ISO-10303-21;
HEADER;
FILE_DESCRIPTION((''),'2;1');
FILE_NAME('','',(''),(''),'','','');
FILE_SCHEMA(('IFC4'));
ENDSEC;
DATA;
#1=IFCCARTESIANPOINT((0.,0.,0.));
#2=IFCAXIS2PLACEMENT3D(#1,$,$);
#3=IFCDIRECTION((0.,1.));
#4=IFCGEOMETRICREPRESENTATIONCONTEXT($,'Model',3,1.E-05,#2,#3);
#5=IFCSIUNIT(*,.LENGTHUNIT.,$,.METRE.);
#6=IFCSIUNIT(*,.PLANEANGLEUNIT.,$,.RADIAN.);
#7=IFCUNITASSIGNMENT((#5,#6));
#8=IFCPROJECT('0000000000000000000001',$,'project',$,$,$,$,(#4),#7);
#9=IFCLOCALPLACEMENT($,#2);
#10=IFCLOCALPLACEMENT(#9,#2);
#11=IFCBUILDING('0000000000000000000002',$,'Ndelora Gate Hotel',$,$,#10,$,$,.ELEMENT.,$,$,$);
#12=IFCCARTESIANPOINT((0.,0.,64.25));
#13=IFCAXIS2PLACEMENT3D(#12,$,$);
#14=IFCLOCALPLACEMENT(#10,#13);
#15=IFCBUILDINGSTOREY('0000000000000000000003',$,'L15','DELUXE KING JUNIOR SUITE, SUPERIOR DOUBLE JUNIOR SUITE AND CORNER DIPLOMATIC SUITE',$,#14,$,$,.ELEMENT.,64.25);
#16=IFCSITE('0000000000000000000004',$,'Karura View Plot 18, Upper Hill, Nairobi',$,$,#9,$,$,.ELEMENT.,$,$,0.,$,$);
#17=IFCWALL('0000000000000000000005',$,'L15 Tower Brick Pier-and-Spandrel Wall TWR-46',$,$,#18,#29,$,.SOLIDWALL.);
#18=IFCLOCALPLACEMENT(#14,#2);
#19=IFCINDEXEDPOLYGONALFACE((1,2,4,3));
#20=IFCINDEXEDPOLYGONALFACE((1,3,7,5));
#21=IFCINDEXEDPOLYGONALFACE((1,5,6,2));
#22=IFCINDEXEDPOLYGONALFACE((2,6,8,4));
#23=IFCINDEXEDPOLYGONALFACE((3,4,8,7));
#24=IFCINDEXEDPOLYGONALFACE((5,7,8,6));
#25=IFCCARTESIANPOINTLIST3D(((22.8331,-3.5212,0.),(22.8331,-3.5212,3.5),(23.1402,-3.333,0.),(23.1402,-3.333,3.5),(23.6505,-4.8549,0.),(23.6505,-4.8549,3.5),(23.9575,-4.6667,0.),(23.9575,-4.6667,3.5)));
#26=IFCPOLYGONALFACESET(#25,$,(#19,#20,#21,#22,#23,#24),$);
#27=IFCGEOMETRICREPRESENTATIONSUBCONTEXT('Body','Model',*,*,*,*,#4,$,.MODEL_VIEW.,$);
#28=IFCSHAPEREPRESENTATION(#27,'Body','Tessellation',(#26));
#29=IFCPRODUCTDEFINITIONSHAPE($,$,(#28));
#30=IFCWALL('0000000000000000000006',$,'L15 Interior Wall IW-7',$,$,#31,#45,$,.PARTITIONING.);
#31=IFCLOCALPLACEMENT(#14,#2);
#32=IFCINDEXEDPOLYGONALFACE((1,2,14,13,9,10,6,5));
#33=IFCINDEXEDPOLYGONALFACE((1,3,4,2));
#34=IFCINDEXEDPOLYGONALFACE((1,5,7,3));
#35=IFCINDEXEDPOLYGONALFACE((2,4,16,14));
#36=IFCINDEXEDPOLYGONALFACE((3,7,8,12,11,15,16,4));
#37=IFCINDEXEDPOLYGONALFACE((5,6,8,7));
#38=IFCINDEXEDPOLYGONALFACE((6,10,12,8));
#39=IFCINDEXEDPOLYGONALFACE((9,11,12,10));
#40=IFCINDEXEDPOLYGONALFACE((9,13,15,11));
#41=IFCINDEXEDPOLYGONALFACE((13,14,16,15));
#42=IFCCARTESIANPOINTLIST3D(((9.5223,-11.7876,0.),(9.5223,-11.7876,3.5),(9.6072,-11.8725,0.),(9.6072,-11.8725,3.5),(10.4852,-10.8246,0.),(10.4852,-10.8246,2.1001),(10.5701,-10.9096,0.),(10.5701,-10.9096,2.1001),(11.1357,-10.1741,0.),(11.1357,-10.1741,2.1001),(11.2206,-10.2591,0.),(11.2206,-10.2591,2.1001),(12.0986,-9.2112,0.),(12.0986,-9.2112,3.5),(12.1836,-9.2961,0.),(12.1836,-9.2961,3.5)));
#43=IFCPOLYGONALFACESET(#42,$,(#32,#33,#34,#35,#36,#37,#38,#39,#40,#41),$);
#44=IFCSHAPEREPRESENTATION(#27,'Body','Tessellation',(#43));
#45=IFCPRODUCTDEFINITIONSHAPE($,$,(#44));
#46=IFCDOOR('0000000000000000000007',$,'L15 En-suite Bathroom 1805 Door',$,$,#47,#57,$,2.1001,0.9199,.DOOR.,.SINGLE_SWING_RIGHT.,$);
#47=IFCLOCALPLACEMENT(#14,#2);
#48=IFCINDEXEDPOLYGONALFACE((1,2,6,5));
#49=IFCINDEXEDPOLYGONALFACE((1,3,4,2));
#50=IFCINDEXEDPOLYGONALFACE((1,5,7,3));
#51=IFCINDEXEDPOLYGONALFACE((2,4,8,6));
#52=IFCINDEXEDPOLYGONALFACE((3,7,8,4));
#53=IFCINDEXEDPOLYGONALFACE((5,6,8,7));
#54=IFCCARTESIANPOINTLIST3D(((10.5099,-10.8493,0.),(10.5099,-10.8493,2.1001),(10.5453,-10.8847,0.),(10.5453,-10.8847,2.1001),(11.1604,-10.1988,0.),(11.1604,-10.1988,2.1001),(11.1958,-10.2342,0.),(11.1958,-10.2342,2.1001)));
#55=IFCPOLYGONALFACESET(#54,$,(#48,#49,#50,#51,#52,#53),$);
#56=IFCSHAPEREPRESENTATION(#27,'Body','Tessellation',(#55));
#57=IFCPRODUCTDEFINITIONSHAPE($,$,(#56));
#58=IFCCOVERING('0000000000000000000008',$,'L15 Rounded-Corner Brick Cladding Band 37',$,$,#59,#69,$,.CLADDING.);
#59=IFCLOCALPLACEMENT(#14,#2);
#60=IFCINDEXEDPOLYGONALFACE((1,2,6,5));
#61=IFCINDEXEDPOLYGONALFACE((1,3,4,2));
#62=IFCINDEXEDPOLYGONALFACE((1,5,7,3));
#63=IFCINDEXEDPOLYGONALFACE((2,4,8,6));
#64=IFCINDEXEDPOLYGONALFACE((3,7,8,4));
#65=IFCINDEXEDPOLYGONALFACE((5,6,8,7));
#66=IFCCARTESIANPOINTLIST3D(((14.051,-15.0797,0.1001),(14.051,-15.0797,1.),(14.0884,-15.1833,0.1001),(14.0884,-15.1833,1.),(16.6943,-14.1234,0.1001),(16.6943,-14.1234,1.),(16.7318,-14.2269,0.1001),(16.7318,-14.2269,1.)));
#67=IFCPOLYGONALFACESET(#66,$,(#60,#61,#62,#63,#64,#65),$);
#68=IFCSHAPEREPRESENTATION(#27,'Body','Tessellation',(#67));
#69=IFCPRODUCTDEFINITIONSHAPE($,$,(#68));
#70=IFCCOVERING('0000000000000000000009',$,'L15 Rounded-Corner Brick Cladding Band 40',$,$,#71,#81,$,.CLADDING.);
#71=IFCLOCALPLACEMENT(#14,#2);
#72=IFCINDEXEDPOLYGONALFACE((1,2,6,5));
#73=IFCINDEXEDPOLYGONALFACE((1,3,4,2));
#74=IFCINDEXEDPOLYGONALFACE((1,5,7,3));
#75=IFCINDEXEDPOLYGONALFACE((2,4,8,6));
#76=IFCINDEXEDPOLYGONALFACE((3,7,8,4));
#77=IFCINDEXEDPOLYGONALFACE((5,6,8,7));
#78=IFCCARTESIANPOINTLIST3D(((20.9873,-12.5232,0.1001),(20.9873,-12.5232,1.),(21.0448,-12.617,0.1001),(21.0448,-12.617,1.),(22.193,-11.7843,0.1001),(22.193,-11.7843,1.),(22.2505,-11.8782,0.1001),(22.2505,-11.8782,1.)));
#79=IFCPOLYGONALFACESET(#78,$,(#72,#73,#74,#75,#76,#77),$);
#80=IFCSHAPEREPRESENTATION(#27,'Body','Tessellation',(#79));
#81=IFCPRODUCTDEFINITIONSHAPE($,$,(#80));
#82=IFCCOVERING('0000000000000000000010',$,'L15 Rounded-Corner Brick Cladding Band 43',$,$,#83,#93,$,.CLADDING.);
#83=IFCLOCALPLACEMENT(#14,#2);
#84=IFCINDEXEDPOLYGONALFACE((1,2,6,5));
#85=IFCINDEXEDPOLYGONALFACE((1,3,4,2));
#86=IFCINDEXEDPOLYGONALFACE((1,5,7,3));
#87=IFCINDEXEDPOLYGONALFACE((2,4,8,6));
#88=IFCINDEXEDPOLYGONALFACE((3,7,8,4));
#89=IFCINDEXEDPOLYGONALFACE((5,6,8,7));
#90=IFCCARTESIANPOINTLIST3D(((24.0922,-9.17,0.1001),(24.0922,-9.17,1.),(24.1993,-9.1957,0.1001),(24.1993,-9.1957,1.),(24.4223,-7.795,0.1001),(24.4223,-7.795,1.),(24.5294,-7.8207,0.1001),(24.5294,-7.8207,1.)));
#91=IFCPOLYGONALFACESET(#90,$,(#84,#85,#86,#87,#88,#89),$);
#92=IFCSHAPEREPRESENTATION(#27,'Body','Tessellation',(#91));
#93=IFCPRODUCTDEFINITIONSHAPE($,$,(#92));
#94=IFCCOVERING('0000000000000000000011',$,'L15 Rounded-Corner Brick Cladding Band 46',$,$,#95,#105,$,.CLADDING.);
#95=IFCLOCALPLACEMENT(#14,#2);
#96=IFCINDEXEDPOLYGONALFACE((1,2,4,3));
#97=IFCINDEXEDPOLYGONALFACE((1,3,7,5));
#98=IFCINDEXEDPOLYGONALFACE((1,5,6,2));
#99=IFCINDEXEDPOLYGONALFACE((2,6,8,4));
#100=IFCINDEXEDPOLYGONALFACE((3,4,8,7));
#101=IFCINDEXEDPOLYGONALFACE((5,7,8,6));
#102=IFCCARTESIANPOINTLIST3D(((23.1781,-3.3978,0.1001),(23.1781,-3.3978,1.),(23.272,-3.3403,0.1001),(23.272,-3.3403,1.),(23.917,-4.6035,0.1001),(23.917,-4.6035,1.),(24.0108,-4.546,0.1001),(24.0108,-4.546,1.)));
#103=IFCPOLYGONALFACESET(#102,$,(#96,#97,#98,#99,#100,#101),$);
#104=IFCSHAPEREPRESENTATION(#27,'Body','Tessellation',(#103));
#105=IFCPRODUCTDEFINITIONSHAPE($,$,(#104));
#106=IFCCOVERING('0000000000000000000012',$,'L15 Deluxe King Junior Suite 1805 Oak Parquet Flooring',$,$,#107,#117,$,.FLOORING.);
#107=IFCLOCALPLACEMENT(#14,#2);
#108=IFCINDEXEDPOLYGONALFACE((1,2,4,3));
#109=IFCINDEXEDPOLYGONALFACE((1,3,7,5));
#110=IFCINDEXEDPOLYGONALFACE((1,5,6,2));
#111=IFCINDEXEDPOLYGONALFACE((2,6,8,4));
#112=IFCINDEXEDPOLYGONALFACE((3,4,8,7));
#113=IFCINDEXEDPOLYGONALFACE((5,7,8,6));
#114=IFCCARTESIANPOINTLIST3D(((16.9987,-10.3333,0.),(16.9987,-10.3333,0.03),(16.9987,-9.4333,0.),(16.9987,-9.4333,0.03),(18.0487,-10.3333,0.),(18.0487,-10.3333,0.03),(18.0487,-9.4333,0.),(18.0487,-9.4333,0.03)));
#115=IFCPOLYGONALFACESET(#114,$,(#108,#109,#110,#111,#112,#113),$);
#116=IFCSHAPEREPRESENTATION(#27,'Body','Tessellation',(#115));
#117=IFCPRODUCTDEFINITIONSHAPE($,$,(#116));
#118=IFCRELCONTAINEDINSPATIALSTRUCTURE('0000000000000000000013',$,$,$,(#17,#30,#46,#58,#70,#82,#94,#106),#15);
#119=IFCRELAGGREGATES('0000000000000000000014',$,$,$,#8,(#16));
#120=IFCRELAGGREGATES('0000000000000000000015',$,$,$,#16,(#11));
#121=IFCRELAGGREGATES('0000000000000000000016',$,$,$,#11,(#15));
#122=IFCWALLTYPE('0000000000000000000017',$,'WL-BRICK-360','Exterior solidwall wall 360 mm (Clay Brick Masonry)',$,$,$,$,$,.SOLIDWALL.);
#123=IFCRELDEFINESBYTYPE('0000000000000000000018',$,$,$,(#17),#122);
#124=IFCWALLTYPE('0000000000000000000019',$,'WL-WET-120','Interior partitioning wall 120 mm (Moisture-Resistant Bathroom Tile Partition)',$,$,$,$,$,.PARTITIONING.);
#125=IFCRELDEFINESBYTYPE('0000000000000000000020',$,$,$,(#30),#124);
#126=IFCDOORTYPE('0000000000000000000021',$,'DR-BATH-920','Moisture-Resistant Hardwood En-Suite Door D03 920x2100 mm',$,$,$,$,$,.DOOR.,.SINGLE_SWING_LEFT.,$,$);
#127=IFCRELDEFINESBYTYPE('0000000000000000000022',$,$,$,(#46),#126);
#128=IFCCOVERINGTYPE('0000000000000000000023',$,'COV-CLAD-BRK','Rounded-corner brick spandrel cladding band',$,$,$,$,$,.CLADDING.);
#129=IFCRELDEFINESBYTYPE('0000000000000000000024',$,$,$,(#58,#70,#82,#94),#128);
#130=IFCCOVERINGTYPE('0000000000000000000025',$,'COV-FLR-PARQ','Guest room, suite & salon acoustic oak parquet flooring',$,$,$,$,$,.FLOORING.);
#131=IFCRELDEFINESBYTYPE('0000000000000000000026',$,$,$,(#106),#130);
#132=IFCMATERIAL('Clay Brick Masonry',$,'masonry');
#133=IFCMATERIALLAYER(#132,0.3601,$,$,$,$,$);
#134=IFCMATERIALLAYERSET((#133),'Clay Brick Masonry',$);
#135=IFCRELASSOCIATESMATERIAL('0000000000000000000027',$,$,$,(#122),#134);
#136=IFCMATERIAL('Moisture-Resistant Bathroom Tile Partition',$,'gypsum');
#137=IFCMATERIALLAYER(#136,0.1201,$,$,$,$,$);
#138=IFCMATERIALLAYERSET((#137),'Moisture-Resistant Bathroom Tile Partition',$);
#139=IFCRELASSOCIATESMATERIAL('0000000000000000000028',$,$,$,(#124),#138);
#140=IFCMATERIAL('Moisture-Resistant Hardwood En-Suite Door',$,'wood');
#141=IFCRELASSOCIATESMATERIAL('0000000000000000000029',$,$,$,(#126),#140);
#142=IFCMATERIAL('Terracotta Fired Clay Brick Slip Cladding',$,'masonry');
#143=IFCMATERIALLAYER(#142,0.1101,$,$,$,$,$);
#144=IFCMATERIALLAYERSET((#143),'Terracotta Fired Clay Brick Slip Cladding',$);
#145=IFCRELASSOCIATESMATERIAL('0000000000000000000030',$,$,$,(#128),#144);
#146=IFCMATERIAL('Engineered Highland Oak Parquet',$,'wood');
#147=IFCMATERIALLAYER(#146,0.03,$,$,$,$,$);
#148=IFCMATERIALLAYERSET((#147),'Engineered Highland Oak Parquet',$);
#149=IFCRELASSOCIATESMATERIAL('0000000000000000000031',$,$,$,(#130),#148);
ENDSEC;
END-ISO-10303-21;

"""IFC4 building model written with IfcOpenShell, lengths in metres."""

from ifc_helpers import new_model, si_unit, direction, frame, frame_2d, origin, origin_2d, place, context, subcontext, project, spatial, rectangle, extrude, material, layer, layer_set, type_object, element, fill, save


model = new_model("IFC4")

# Units and contexts
model_context = context("Model", 3, precision=1e-05, world=origin(), true_north=direction((0.0, 1.0)))
body_context = subcontext(model_context, "Body", "Model", "MODEL_VIEW")
ifc_project = project(units=[si_unit("LENGTHUNIT", "METRE"), si_unit("PLANEANGLEUNIT", "RADIAN")], contexts=[model_context])

# Site, building, storey
site_placement = place(None, origin())
site = spatial("IfcSite", under=ifc_project, at=site_placement, Name="Karura View Plot 18, Upper Hill, Nairobi", CompositionType="ELEMENT", RefElevation=0.0)
building_placement = place(site_placement, origin())
building = spatial("IfcBuilding", under=site, at=building_placement, Name="Ndelora Gate Hotel", CompositionType="ELEMENT")
storey_placement = place(building_placement, frame((0.0, 0.0, 64.25)))
storey = spatial("IfcBuildingStorey", under=building, at=storey_placement, Name="L15", Description="DELUXE KING JUNIOR SUITE, SUPERIOR DOUBLE JUNIOR SUITE AND CORNER DIPLOMATIC SUITE", CompositionType="ELEMENT", Elevation=64.25)

# Shared definitions
ifc_material_1 = material(Name="Clay Brick Masonry", Category="masonry")
ifc_layer_1 = layer(ifc_material_1, 0.3601)
ifc_layer_set_1 = layer_set([ifc_layer_1], Name="Clay Brick Masonry")
wall_type_1 = type_object("IfcWallType", Name="WL-BRICK-360", Description="Exterior solidwall wall 360 mm (Clay Brick Masonry)", PredefinedType="SOLIDWALL", material=ifc_layer_set_1)

# Wall
for number, where, z_axis, x_axis, name in (
    (1, (22.9866, -3.427, 0.0), (0.0, 0.0, 1.0), (0.522529, -0.852621, 0.0), "L15 Tower Brick Pier-and-Spandrel Wall TWR-46"),
):
    element("IfcWall", number, at=place(storey_placement, frame(where, z_axis=z_axis, x_axis=x_axis)), inside=storey, type_object=wall_type_1, Name=name, PredefinedType="SOLIDWALL", context=body_context, shape_type="SweptSolid", body=[
        extrude(rectangle(XDim=1.5642, YDim=0.3601, at=frame_2d((0.7822, 0.0))), origin(), (0.0, 0.0, 1.0), 3.5),
    ])

# Wall, opening, door
ifc_material_2 = material(Name="Moisture-Resistant Bathroom Tile Partition", Category="gypsum")
ifc_layer_2 = layer(ifc_material_2, 0.1201)
ifc_layer_set_2 = layer_set([ifc_layer_2], Name="Moisture-Resistant Bathroom Tile Partition")
wall_type_2 = type_object("IfcWallType", Name="WL-WET-120", Description="Interior partitioning wall 120 mm (Moisture-Resistant Bathroom Tile Partition)", PredefinedType="PARTITIONING", material=ifc_layer_set_2)
wall_1_placement = place(storey_placement, frame((12.1411, -9.2537, 0.0), z_axis=(0.0, 0.0, 1.0), x_axis=(-0.707107, -0.707107, 0.0)))
wall_1 = element("IfcWall", 2, at=wall_1_placement, inside=storey, type_object=wall_type_2, Name="L15 Interior Wall IW-7", PredefinedType="PARTITIONING", context=body_context, shape_type="SweptSolid", body=[
    extrude(rectangle(XDim=3.6436, YDim=0.1201, at=frame_2d((1.8218, 0.0))), origin(), (0.0, 0.0, 1.0), 3.5),
])
opening_1_placement = place(wall_1_placement, frame((1.3618, 0.0, 0.0)))
opening_1 = element("IfcOpeningElement", 3, at=opening_1_placement, cuts=wall_1, PredefinedType="OPENING", context=body_context, shape_type="SweptSolid", body=[
    extrude(rectangle(XDim=0.9199, YDim=2.1001, at=frame_2d((0.46, 1.05))), frame((0.0, 0.0701, 0.0), z_axis=(0.0, -1.0, 0.0), x_axis=(1.0, 0.0, 0.0)), (0.0, 0.0, 1.0), 0.1401),
])
ifc_material_3 = material(Name="Moisture-Resistant Hardwood En-Suite Door", Category="wood")
door_type = type_object("IfcDoorType", Name="DR-BATH-920", Description="Moisture-Resistant Hardwood En-Suite Door D03 920x2100 mm", OperationType="SINGLE_SWING_LEFT", PredefinedType="DOOR", material=ifc_material_3)
door_placement = place(opening_1_placement, origin())
door = element("IfcDoor", 4, at=door_placement, inside=storey, type_object=door_type, Name="L15 En-suite Bathroom 1805 Door", OperationType="SINGLE_SWING_RIGHT", OverallHeight=2.1001, OverallWidth=0.9199, PredefinedType="DOOR", context=body_context, shape_type="SweptSolid", body=[
    extrude(rectangle(XDim=0.9199, YDim=2.1001, at=frame_2d((0.46, 1.05))), frame((0.0, 0.0249, 0.0), z_axis=(0.0, -1.0, 0.0), x_axis=(1.0, 0.0, 0.0)), (0.0, 0.0, 1.0), 0.05),
])
fill(opening_1, door)

# Coverings
ifc_material_4 = material(Name="Terracotta Fired Clay Brick Slip Cladding", Category="masonry")
ifc_layer_3 = layer(ifc_material_4, 0.1101)
ifc_layer_set_3 = layer_set([ifc_layer_3], Name="Terracotta Fired Clay Brick Slip Cladding")
covering_type_1 = type_object("IfcCoveringType", Name="COV-CLAD-BRK", Description="Rounded-corner brick spandrel cladding band", PredefinedType="CLADDING", material=ifc_layer_set_3)
covering_1_placement = place(storey_placement, frame((15.3914, -14.6533, 0.1001), z_axis=(0.0, 0.0, 1.0), x_axis=(0.940348, 0.340215, 0.0)))
element("IfcCovering", 5, at=covering_1_placement, inside=storey, type_object=covering_type_1, Name="L15 Rounded-Corner Brick Cladding Band 37", PredefinedType="CLADDING", context=body_context, shape_type="SweptSolid", body=[
    extrude(rectangle(XDim=2.811, YDim=0.1101, at=origin_2d()), origin(), (0.0, 0.0, 1.0), 0.8999),
])
for number, where, z_axis, x_axis, name in (
    (6, (21.6189, -12.2007, 0.1001), (0.0, 0.0, 1.0), (0.85264, 0.522499, 0.0), "L15 Rounded-Corner Brick Cladding Band 40"),
    (7, (24.3108, -8.4954, 0.1001), (0.0, 0.0, 1.0), (0.233445, 0.97237, 0.0), "L15 Rounded-Corner Brick Cladding Band 43"),
    (8, (23.5945, -3.9719, 0.1001), (0.0, 0.0, 1.0), (-0.522499, 0.85264, 0.0), "L15 Rounded-Corner Brick Cladding Band 46"),
):
    element("IfcCovering", number, at=place(storey_placement, frame(where, z_axis=z_axis, x_axis=x_axis)), inside=storey, type_object=covering_type_1, Name=name, PredefinedType="CLADDING", context=body_context, shape_type="SweptSolid", body=[
        extrude(rectangle(XDim=1.4141, YDim=0.1101, at=origin_2d()), origin(), (0.0, 0.0, 1.0), 0.8999),
    ])
ifc_material_5 = material(Name="Engineered Highland Oak Parquet", Category="wood")
ifc_layer_4 = layer(ifc_material_5, 0.03)
ifc_layer_set_4 = layer_set([ifc_layer_4], Name="Engineered Highland Oak Parquet")
covering_type_2 = type_object("IfcCoveringType", Name="COV-FLR-PARQ", Description="Guest room, suite & salon acoustic oak parquet flooring", PredefinedType="FLOORING", material=ifc_layer_set_4)
covering_2_placement = place(storey_placement, frame((17.5237, -9.8833, 0.0), z_axis=(0.0, 0.0, 1.0), x_axis=(1.0, 0.0, 0.0)))
element("IfcCovering", 9, at=covering_2_placement, inside=storey, type_object=covering_type_2, Name="L15 Deluxe King Junior Suite 1805 Oak Parquet Flooring", PredefinedType="FLOORING", context=body_context, shape_type="SweptSolid", body=[
    extrude(rectangle(XDim=1.05, YDim=0.8999, at=origin_2d()), origin(), (0.0, 0.0, 1.0), 0.03),
])

save(model, "model.ifc")
